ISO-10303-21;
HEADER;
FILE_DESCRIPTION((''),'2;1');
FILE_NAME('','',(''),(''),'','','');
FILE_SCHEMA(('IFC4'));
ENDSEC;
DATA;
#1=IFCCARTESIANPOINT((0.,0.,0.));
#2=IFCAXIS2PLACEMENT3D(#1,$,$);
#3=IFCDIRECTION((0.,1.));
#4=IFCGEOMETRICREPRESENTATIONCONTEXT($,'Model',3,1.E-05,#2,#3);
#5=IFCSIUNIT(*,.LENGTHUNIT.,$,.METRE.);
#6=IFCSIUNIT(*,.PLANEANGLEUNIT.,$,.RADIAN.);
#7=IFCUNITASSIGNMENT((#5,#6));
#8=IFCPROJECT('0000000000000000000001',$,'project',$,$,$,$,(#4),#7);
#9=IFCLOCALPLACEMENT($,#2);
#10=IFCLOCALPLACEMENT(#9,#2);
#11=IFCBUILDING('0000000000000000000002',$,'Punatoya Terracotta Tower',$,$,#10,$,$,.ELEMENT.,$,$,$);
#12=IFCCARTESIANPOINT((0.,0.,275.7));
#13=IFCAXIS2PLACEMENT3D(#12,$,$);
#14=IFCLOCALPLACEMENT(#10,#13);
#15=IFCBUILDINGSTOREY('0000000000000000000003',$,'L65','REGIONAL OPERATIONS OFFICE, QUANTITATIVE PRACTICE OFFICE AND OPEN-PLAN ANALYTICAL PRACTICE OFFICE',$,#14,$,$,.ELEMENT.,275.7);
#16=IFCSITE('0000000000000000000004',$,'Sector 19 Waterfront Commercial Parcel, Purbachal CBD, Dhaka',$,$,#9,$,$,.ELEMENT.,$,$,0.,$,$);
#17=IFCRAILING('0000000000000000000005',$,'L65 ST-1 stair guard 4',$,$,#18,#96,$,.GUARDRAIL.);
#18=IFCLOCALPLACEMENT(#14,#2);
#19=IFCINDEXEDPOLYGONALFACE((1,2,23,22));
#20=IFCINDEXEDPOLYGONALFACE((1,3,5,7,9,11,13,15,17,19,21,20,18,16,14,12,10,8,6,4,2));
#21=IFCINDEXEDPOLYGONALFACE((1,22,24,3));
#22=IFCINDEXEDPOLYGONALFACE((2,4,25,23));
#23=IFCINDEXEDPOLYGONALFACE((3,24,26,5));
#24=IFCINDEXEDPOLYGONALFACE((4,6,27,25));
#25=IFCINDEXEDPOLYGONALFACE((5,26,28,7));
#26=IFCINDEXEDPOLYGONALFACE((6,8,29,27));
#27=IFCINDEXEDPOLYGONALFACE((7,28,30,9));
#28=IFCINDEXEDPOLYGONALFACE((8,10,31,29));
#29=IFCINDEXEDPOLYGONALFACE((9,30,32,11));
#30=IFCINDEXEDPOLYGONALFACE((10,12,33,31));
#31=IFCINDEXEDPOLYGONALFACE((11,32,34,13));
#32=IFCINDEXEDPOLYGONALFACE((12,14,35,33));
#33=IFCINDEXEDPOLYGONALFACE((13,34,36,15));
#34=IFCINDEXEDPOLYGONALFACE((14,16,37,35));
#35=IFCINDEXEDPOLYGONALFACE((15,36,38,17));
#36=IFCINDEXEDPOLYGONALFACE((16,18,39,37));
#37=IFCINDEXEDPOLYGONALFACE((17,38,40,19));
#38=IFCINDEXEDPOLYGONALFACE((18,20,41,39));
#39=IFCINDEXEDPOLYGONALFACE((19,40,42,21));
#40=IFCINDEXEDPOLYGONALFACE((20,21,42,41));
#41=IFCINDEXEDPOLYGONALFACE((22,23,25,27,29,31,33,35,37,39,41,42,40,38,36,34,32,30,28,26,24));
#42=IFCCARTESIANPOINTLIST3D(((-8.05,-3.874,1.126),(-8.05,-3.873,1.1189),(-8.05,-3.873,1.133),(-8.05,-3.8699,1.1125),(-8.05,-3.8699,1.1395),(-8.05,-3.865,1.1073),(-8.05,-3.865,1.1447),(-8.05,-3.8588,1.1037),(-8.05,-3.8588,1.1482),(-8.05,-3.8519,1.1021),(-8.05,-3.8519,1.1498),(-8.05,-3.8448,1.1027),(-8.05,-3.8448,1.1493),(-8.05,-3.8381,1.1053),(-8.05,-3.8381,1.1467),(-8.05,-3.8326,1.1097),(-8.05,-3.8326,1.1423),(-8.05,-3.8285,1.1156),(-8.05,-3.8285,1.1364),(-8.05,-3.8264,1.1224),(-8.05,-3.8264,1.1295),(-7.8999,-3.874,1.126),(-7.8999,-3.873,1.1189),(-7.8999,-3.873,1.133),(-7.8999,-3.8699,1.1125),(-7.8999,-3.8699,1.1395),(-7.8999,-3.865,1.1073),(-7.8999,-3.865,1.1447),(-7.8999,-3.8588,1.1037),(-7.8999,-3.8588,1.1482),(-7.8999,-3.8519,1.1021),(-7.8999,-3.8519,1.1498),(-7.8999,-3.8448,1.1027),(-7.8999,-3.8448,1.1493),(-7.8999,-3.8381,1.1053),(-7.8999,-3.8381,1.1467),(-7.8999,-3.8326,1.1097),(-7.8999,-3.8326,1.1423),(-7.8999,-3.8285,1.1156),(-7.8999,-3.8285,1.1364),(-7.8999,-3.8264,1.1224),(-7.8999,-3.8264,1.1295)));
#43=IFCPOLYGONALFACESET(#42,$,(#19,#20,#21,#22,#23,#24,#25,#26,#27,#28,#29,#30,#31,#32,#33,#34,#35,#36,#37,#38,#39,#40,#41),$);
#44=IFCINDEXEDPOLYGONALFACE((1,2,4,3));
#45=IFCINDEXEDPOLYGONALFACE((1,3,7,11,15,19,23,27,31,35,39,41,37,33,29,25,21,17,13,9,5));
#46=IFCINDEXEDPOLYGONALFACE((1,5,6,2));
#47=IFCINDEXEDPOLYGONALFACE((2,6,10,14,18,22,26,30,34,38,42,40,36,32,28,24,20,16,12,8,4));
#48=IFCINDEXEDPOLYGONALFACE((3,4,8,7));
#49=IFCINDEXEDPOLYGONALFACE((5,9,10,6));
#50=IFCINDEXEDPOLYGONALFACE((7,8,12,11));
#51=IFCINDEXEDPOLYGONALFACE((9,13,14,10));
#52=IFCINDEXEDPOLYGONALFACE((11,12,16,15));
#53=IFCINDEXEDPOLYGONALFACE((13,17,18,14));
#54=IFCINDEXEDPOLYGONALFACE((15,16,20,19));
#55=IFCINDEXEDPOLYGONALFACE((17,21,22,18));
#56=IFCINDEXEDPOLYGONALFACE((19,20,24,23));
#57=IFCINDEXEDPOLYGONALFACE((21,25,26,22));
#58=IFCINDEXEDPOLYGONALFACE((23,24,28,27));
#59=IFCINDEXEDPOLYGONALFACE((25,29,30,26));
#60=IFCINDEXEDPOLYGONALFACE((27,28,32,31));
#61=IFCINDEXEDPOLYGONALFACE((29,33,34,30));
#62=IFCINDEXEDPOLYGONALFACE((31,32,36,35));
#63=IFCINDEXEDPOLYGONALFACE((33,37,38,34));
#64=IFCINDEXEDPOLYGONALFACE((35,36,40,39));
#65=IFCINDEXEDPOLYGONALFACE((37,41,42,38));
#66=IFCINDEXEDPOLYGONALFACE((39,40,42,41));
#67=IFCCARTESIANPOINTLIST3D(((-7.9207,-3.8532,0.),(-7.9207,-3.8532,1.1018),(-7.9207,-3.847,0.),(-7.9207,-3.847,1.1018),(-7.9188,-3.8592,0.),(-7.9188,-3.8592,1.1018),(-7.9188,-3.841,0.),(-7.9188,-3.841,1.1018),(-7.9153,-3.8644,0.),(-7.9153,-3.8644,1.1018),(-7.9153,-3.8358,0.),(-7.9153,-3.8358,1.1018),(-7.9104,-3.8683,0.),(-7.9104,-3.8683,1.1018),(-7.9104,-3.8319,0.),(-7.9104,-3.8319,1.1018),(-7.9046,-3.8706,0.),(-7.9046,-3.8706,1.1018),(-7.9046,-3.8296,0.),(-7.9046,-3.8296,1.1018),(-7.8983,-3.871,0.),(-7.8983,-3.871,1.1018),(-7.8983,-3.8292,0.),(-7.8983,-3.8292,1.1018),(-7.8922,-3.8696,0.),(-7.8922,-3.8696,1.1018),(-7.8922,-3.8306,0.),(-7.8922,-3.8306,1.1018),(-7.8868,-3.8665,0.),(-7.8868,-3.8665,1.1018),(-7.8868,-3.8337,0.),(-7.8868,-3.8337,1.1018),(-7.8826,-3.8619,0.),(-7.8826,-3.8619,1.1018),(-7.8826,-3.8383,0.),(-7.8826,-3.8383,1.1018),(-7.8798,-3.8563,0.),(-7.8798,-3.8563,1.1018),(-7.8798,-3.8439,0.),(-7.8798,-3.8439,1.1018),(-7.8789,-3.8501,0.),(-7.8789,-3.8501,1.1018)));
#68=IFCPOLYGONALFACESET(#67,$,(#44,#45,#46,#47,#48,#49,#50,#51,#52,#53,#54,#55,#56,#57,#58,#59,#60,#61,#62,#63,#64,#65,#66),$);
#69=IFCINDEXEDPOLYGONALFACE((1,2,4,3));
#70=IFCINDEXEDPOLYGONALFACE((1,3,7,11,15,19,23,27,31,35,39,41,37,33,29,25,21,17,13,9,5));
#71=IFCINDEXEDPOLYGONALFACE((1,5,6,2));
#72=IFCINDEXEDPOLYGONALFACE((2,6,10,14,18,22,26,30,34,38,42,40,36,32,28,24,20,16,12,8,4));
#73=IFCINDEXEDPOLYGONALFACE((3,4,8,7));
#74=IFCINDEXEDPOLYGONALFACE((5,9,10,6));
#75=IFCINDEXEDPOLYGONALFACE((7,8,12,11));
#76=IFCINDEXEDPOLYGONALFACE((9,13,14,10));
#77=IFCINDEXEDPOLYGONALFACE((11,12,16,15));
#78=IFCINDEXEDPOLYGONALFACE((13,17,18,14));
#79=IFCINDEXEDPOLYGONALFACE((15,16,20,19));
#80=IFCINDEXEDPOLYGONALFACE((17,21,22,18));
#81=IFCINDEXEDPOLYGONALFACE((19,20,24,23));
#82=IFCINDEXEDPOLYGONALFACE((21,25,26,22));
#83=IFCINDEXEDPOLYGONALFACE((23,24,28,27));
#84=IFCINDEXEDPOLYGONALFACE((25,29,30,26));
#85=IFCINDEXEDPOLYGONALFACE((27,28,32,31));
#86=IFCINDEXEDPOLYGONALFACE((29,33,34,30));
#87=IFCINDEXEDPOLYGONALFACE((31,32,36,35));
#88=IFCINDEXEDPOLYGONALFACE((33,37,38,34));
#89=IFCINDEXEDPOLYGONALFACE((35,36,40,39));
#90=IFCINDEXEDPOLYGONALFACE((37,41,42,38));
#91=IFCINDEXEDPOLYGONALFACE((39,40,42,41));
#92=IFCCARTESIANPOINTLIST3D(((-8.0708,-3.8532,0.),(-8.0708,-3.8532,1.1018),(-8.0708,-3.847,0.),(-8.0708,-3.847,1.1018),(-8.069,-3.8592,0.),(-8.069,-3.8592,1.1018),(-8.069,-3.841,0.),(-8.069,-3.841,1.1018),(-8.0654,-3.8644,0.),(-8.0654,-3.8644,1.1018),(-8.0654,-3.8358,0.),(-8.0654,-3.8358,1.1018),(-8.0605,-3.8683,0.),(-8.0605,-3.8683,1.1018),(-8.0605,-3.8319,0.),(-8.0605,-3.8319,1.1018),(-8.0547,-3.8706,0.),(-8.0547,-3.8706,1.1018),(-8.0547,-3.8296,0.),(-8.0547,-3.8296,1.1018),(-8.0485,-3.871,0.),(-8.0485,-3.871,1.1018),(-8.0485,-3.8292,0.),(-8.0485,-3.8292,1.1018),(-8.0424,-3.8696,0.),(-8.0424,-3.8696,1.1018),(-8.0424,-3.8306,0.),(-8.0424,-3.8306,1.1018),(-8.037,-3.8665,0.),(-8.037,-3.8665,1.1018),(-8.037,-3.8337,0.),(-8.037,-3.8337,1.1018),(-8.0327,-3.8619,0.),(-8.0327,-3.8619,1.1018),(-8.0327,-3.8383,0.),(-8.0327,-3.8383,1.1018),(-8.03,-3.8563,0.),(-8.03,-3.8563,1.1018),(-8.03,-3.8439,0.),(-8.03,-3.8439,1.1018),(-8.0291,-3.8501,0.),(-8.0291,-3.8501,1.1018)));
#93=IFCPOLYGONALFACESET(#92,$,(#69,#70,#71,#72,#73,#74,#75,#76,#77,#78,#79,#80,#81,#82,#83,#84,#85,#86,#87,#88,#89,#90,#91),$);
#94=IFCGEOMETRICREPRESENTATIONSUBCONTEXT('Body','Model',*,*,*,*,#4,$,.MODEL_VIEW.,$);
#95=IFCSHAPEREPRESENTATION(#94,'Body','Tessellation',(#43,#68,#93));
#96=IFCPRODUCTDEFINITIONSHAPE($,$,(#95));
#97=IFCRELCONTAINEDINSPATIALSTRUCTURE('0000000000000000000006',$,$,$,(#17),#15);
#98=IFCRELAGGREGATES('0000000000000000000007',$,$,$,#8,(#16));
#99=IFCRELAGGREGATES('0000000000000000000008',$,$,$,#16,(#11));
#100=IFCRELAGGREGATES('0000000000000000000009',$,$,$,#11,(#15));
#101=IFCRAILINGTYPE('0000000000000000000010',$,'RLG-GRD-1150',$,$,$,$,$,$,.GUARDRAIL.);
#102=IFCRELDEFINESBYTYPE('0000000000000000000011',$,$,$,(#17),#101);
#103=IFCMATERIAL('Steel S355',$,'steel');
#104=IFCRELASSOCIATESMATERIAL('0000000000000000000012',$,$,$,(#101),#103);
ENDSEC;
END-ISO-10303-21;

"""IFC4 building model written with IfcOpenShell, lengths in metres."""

from ifc_helpers import new_model, si_unit, direction, frame, origin, origin_2d, place, context, subcontext, project, spatial, circle, extrude, material, type_object, element, save


model = new_model("IFC4")

# Units and contexts
model_context = context("Model", 3, precision=1e-05, world=origin(), true_north=direction((0.0, 1.0)))
body_context = subcontext(model_context, "Body", "Model", "MODEL_VIEW")
ifc_project = project(units=[si_unit("LENGTHUNIT", "METRE"), si_unit("PLANEANGLEUNIT", "RADIAN")], contexts=[model_context])

# Site, building, storey
site_placement = place(None, origin())
site = spatial("IfcSite", under=ifc_project, at=site_placement, Name="Sector 19 Waterfront Commercial Parcel, Purbachal CBD, Dhaka", CompositionType="ELEMENT", RefElevation=0.0)
building_placement = place(site_placement, origin())
building = spatial("IfcBuilding", under=site, at=building_placement, Name="Punatoya Terracotta Tower", CompositionType="ELEMENT")
storey_placement = place(building_placement, frame((0.0, 0.0, 275.7)))
storey = spatial("IfcBuildingStorey", under=building, at=storey_placement, Name="L65", Description="REGIONAL OPERATIONS OFFICE, QUANTITATIVE PRACTICE OFFICE AND OPEN-PLAN ANALYTICAL PRACTICE OFFICE", CompositionType="ELEMENT", Elevation=275.7)

# Railing
ifc_material_1 = material(Name="Steel S355", Category="steel")
railing_type_1 = type_object("IfcRailingType", Name="RLG-GRD-1150", PredefinedType="GUARDRAIL", material=ifc_material_1)
railing_1_placement = place(storey_placement, frame((-7.8999, -3.8501, 0.0)))
element("IfcRailing", 1, at=railing_1_placement, inside=storey, type_object=railing_type_1, Name="L65 ST-1 stair guard 4", PredefinedType="GUARDRAIL", context=body_context, shape_type="SweptSolid", body=[
    extrude(circle(Radius=0.0239, at=origin_2d()), frame((0.0, 0.0, 1.126), z_axis=(-1.0, 0.0, 0.0), x_axis=(0.0, -1.0, 0.0)), (0.0, 0.0, 1.0), 0.1501),
    extrude(circle(Radius=0.021, at=origin_2d()), origin(), (0.0, 0.0, 1.0), 1.1018),
    extrude(circle(Radius=0.021, at=origin_2d()), frame((-0.1501, 0.0, 0.0)), (0.0, 0.0, 1.0), 1.1018),
])

save(model, "model.ifc")
